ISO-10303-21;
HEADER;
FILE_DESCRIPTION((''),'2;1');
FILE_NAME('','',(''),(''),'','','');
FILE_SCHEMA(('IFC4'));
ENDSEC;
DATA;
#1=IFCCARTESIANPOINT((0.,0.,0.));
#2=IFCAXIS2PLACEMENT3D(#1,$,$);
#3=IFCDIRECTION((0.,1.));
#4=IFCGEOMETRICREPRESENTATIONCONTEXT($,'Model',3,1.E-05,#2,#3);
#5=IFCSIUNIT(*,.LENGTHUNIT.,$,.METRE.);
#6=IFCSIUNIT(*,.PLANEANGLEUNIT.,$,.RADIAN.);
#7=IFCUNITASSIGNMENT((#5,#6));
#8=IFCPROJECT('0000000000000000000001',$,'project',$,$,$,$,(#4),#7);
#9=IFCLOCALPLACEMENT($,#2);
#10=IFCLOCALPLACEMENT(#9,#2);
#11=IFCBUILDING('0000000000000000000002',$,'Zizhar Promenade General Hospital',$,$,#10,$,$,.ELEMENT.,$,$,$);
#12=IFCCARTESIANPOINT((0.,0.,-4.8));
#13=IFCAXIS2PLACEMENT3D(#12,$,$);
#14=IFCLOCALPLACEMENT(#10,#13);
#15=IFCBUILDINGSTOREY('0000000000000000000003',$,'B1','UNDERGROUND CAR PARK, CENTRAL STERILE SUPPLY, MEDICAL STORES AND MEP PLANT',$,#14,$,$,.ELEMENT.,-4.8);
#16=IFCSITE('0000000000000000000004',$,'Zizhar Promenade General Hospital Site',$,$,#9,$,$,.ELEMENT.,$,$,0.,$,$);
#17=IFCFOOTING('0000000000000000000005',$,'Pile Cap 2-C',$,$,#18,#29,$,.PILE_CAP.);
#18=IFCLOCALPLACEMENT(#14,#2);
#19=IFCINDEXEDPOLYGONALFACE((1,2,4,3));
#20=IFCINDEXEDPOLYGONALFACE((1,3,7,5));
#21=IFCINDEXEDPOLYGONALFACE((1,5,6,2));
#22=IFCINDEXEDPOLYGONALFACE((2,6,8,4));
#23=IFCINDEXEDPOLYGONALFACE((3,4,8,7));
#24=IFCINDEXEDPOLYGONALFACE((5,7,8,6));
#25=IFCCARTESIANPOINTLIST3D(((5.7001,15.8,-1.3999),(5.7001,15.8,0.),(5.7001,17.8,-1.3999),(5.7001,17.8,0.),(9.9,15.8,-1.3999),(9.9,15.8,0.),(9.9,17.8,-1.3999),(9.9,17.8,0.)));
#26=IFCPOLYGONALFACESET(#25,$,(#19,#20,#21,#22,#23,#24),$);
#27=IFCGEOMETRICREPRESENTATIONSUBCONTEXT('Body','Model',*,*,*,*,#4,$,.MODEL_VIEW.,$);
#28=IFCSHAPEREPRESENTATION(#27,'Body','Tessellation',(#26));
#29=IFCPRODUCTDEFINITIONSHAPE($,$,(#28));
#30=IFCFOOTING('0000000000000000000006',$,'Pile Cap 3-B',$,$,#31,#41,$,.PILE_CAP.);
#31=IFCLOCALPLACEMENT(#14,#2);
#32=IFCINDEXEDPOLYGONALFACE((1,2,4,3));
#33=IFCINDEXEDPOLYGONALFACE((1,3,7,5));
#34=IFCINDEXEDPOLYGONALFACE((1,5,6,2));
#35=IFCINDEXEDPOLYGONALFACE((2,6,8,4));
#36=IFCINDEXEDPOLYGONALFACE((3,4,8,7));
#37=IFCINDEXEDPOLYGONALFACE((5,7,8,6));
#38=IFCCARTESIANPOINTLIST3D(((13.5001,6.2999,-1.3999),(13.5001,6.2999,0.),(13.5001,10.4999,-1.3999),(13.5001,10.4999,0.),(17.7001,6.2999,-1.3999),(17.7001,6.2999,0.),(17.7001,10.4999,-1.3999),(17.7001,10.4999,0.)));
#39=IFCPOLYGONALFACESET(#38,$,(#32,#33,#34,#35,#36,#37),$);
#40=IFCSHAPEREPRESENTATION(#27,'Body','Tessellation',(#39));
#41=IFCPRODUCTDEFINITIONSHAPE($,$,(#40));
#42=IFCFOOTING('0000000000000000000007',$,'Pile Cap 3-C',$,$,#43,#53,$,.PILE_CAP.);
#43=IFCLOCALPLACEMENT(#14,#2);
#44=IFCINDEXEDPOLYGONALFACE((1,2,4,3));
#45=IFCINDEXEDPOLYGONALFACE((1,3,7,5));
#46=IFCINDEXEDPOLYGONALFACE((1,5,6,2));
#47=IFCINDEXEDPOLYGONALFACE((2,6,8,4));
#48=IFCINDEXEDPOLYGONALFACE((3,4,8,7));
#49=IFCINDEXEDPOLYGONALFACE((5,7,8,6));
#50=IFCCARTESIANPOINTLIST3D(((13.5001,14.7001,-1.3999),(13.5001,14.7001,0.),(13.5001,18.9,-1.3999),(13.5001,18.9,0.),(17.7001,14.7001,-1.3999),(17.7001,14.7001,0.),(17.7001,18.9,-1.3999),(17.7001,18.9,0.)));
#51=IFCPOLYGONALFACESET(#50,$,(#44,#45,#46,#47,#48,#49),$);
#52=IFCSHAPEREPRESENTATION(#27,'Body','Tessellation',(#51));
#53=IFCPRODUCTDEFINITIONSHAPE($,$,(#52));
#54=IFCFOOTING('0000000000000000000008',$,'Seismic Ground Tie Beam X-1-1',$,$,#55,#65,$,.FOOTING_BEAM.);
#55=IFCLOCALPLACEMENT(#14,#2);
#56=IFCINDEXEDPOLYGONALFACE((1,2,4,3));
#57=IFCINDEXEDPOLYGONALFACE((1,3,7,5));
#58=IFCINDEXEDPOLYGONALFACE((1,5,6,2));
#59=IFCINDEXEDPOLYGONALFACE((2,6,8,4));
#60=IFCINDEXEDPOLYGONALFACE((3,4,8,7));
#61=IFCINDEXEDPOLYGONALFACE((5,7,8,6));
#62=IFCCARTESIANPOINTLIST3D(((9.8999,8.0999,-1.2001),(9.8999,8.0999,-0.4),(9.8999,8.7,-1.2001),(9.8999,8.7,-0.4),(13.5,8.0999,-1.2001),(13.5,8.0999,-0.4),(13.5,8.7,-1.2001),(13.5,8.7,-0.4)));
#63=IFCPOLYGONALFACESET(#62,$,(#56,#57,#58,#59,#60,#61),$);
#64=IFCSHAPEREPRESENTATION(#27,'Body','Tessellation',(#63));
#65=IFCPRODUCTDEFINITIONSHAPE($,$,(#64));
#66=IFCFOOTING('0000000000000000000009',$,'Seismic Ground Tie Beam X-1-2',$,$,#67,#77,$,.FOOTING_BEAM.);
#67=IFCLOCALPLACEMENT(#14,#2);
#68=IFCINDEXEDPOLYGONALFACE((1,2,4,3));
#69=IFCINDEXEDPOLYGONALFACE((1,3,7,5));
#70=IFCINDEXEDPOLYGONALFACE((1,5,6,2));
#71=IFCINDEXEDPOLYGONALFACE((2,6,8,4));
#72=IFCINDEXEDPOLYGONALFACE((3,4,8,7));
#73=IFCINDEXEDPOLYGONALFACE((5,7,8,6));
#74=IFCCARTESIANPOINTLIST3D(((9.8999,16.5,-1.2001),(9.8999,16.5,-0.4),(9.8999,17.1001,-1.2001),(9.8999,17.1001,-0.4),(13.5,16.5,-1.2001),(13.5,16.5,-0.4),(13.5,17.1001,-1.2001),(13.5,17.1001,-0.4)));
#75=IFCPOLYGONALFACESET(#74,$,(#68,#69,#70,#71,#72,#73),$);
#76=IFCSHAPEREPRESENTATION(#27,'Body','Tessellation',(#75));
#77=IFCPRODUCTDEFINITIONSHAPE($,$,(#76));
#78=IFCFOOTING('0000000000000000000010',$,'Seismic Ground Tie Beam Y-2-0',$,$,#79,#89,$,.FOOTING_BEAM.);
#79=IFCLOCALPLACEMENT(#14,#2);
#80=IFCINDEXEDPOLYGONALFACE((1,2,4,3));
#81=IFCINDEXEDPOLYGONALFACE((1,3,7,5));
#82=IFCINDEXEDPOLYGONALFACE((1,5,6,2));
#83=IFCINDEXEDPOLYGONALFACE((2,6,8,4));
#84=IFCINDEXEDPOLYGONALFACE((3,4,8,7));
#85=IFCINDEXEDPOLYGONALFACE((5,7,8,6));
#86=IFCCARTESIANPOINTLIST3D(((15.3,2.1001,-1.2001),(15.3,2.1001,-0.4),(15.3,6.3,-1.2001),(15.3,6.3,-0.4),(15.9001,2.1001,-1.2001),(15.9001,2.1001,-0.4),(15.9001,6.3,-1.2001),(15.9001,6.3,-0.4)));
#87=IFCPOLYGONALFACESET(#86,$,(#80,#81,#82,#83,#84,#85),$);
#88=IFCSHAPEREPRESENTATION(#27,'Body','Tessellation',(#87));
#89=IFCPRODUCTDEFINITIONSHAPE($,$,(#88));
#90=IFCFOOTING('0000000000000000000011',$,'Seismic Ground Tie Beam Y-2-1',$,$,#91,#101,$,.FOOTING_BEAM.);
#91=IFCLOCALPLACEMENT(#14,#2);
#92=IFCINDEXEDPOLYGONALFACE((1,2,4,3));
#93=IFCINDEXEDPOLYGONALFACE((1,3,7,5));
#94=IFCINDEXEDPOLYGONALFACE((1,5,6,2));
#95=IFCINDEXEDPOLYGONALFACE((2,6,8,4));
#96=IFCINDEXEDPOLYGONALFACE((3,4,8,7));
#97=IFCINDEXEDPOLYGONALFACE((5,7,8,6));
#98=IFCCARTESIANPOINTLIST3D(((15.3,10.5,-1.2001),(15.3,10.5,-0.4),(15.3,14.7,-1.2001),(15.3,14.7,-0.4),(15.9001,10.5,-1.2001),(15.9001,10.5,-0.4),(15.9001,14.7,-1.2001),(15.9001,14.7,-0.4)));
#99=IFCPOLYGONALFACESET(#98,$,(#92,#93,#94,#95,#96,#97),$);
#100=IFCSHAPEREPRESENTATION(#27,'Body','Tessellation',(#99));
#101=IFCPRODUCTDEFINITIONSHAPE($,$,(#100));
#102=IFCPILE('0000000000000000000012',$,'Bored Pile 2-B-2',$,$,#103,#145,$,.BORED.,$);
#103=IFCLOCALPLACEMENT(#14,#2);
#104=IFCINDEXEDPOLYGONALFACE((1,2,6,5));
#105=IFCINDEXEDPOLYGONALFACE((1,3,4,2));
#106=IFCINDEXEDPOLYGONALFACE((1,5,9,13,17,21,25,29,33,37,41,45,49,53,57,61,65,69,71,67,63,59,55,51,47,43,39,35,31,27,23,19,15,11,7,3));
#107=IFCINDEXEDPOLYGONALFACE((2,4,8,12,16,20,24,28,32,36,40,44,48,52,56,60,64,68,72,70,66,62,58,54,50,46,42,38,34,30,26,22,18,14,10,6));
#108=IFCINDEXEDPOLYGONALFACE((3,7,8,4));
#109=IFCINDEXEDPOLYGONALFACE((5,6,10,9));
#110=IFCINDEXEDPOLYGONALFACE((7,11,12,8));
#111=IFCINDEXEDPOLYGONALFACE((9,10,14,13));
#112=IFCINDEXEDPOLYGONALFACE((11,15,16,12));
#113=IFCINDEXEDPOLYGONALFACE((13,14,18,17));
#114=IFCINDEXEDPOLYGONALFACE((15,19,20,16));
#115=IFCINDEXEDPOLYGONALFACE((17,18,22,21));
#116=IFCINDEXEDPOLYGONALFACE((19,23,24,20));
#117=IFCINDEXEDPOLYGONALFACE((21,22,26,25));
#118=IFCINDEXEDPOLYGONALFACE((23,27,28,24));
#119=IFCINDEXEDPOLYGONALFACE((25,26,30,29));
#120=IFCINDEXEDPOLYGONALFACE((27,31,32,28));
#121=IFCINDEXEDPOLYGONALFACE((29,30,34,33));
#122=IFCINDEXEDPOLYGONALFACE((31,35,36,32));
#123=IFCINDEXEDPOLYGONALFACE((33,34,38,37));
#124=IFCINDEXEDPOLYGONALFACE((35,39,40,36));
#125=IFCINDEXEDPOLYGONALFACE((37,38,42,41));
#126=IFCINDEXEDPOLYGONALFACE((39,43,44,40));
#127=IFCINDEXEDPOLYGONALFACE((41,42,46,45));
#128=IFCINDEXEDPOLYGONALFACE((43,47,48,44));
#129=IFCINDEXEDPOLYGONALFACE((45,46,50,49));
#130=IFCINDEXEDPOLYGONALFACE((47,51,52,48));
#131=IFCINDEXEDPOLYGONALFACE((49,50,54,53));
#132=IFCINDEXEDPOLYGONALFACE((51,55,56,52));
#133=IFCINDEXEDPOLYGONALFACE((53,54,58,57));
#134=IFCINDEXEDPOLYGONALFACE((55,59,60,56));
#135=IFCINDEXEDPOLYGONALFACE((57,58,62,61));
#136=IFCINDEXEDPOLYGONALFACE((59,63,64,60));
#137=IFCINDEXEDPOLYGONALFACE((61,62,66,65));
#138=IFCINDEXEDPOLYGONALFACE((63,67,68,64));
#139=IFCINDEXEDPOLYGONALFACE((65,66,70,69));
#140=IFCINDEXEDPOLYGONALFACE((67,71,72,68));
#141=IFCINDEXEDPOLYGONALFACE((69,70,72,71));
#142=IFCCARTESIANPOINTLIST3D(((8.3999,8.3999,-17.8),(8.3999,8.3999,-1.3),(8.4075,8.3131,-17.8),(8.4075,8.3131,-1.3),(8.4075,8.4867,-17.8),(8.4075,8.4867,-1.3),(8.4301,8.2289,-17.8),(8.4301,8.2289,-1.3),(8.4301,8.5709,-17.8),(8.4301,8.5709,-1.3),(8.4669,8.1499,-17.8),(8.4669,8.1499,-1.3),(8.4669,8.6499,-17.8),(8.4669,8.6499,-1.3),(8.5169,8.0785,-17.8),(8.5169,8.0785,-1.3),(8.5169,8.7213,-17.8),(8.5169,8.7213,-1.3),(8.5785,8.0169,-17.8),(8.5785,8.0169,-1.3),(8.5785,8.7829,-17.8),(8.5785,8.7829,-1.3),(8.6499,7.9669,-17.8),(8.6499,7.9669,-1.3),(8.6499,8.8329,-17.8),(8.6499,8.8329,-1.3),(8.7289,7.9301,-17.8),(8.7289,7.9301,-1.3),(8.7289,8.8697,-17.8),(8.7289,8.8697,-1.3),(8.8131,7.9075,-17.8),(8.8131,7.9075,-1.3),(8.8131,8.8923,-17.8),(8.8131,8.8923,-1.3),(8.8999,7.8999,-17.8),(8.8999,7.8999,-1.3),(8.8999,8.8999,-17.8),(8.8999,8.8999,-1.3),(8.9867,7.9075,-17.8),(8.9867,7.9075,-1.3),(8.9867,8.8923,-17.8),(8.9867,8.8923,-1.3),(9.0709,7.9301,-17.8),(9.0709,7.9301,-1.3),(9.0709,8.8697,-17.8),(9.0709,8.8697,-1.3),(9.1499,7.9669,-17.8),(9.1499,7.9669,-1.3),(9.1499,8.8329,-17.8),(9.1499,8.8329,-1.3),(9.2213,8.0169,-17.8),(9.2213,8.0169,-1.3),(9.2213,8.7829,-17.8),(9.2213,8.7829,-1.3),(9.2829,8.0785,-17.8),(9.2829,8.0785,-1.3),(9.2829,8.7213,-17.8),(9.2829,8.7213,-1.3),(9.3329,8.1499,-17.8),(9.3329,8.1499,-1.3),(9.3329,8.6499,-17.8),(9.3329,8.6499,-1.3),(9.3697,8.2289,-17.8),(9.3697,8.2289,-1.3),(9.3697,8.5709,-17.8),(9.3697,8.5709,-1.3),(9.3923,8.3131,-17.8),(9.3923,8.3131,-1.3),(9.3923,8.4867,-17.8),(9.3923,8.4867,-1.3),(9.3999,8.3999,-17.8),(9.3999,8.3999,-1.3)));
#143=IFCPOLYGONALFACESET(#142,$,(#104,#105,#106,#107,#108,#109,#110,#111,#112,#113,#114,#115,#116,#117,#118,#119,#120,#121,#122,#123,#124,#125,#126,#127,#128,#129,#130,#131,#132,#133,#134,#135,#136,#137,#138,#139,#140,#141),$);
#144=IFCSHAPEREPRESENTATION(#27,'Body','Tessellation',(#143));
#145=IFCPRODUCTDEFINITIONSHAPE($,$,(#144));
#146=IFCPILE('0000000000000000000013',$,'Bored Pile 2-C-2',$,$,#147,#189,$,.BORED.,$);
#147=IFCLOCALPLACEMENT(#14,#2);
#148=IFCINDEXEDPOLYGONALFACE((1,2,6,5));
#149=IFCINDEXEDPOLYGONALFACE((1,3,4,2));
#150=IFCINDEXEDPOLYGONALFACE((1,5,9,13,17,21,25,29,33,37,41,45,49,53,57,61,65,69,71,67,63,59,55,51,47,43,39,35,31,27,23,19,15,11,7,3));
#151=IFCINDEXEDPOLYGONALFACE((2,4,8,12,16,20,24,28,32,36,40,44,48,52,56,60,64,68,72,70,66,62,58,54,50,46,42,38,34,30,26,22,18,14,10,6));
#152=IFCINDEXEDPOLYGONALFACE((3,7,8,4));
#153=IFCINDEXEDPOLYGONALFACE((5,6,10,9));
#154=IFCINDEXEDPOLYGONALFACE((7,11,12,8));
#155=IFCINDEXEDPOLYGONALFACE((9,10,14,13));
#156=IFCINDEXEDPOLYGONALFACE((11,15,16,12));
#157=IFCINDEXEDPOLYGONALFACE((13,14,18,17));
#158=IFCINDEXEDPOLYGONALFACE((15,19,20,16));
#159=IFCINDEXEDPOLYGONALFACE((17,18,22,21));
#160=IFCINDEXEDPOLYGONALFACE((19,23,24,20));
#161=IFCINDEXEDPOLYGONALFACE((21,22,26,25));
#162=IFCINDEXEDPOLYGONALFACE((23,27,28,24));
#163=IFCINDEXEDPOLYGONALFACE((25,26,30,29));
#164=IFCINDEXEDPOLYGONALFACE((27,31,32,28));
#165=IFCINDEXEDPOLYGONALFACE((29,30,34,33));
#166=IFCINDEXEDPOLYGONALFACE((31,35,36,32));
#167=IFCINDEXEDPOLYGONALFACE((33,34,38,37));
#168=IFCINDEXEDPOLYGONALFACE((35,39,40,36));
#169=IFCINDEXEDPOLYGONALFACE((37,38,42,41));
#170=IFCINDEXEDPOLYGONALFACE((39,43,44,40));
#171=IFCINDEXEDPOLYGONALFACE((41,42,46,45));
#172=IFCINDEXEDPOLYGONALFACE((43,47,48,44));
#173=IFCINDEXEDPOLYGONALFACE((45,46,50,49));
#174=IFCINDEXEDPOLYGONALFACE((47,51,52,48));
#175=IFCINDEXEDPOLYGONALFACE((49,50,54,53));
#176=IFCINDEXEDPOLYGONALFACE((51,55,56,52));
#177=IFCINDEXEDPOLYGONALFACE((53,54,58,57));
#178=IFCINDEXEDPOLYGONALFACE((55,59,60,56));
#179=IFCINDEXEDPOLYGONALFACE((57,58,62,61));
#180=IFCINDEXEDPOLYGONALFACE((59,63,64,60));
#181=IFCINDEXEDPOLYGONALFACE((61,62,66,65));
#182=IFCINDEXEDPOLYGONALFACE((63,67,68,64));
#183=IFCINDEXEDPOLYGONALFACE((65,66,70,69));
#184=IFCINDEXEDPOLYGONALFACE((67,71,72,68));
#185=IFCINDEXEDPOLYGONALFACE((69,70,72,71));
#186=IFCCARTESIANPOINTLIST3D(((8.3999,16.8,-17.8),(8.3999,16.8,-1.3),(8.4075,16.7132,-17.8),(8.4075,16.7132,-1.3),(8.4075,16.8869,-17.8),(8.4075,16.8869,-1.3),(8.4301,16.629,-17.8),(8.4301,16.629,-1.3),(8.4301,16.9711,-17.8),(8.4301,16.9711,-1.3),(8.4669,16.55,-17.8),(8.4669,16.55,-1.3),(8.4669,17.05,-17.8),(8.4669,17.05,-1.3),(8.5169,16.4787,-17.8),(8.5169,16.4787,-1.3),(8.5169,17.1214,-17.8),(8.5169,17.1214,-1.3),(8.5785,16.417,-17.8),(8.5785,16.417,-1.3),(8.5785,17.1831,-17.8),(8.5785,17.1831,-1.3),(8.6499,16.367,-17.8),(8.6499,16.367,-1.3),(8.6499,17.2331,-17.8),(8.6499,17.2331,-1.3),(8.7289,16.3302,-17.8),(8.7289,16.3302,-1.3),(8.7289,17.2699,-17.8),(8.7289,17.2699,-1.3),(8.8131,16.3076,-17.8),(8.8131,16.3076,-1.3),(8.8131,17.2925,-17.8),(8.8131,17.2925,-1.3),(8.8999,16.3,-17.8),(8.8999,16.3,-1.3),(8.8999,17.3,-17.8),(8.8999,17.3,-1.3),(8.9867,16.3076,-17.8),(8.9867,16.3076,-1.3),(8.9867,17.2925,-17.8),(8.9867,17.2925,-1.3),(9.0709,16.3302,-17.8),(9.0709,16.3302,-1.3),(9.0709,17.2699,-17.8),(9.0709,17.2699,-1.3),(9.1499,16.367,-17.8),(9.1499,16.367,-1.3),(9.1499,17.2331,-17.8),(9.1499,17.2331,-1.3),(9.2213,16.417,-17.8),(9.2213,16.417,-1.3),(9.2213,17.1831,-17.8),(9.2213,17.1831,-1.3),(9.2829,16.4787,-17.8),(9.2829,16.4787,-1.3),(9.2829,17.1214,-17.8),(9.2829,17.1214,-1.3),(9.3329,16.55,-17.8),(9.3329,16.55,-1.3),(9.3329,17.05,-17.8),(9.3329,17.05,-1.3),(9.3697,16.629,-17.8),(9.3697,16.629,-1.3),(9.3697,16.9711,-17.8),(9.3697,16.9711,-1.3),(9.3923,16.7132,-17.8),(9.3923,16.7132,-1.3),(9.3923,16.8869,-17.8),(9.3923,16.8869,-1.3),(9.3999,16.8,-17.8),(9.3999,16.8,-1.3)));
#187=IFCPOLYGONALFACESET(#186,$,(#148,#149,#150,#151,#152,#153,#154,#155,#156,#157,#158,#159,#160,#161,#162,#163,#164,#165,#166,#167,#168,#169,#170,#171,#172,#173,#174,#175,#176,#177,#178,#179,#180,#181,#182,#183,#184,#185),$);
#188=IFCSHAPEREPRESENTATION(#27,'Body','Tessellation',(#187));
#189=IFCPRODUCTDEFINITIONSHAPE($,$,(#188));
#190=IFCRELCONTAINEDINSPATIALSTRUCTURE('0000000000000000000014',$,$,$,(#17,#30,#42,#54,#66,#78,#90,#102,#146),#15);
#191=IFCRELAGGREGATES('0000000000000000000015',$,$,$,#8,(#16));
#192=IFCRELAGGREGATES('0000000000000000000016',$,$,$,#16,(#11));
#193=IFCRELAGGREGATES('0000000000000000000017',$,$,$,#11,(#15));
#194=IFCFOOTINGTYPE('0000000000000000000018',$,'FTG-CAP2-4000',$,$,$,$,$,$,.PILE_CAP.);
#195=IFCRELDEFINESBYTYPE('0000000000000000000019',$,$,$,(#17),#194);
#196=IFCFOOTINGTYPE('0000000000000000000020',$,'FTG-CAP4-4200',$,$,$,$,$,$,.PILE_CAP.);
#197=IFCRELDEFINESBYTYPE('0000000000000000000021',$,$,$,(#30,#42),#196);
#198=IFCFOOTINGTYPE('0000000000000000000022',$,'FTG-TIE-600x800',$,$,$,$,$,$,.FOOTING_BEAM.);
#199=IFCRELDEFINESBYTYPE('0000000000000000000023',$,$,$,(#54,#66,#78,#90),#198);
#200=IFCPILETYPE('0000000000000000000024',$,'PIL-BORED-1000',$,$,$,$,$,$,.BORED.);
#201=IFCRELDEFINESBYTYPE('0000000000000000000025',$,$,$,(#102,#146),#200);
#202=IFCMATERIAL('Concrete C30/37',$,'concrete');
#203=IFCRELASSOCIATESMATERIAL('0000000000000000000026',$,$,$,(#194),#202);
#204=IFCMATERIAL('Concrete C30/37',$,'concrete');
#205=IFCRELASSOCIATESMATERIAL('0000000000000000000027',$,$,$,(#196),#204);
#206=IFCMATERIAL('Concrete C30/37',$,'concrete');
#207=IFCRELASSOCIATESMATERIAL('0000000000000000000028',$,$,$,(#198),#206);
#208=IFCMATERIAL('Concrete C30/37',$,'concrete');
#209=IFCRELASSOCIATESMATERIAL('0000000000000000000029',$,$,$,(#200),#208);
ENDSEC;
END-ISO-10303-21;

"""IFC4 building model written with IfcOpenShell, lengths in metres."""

from ifc_helpers import new_model, si_unit, direction, frame, origin, origin_2d, place, context, subcontext, project, spatial, rectangle, circle, extrude, material, material_profile, profile_set, type_object, element, save


model = new_model("IFC4")

# Units and contexts
model_context = context("Model", 3, precision=1e-05, world=origin(), true_north=direction((0.0, 1.0)))
body_context = subcontext(model_context, "Body", "Model", "MODEL_VIEW")
ifc_project = project(units=[si_unit("LENGTHUNIT", "METRE"), si_unit("PLANEANGLEUNIT", "RADIAN")], contexts=[model_context])

# Site, building, storey
site_placement = place(None, origin())
site = spatial("IfcSite", under=ifc_project, at=site_placement, Name="Zizhar Promenade General Hospital Site", CompositionType="ELEMENT", RefElevation=0.0)
building_placement = place(site_placement, origin())
building = spatial("IfcBuilding", under=site, at=building_placement, Name="Zizhar Promenade General Hospital", CompositionType="ELEMENT")
storey_placement = place(building_placement, frame((0.0, 0.0, -4.8)))
storey = spatial("IfcBuildingStorey", under=building, at=storey_placement, Name="B1", Description="UNDERGROUND CAR PARK, CENTRAL STERILE SUPPLY, MEDICAL STORES AND MEP PLANT", CompositionType="ELEMENT", Elevation=-4.8)

# Footings
ifc_material_1 = material(Name="Concrete C30/37", Category="concrete")
footing_type_1 = type_object("IfcFootingType", Name="FTG-CAP2-4000", PredefinedType="PILE_CAP", material=ifc_material_1)
footing_placement = place(storey_placement, frame((7.8, 16.8, -1.3999), z_axis=(0.0, 0.0, 1.0), x_axis=(1.0, 0.0, 0.0)))
element("IfcFooting", 1, at=footing_placement, inside=storey, type_object=footing_type_1, Name="Pile Cap 2-C", PredefinedType="PILE_CAP", context=body_context, shape_type="SweptSolid", body=[
    extrude(rectangle(XDim=4.2, YDim=2.0, at=origin_2d()), origin(), (0.0, 0.0, 1.0), 1.3999),
])
ifc_material_2 = material(Name="Concrete C30/37", Category="concrete")
footing_type_2 = type_object("IfcFootingType", Name="FTG-CAP4-4200", PredefinedType="PILE_CAP", material=ifc_material_2)
for number, where, z_axis, x_axis, name in (
    (2, (15.6001, 8.3999, -1.3999), (0.0, 0.0, 1.0), (1.0, 0.0, 0.0), "Pile Cap 3-B"),
    (3, (15.6001, 16.8, -1.3999), (0.0, 0.0, 1.0), (1.0, 0.0, 0.0), "Pile Cap 3-C"),
):
    element("IfcFooting", number, at=place(storey_placement, frame(where, z_axis=z_axis, x_axis=x_axis)), inside=storey, type_object=footing_type_2, Name=name, PredefinedType="PILE_CAP", context=body_context, shape_type="SweptSolid", body=[
        extrude(rectangle(XDim=4.2, YDim=4.2, at=origin_2d()), origin(), (0.0, 0.0, 1.0), 1.3999),
    ])
ifc_material_3 = material(Name="Concrete C30/37", Category="concrete")
ifc_material_profile_1 = material_profile(ifc_material_3, rectangle(XDim=0.6001, YDim=0.8, at=origin_2d()))
ifc_profile_set_1 = profile_set([ifc_material_profile_1], Name="Concrete C30/37")
footing_type_3 = type_object("IfcFootingType", Name="FTG-TIE-600x800", PredefinedType="FOOTING_BEAM", material=ifc_profile_set_1)
for number, where, z_axis, x_axis, name in (
    (4, (9.8999, 8.3999, -0.8), (1.0, 0.0, 0.0), (0.0, 1.0, 0.0), "Seismic Ground Tie Beam X-1-1"),
    (5, (9.8999, 16.8, -0.8), (1.0, 0.0, 0.0), (0.0, 1.0, 0.0), "Seismic Ground Tie Beam X-1-2"),
):
    element("IfcFooting", number, at=place(storey_placement, frame(where, z_axis=z_axis, x_axis=x_axis)), inside=storey, type_object=footing_type_3, Name=name, PredefinedType="FOOTING_BEAM", context=body_context, shape_type="SweptSolid", body=[
        extrude(rectangle(XDim=0.6001, YDim=0.8, at=origin_2d()), origin(), (0.0, 0.0, 1.0), 3.6001),
    ])
for number, where, z_axis, x_axis, name in (
    (6, (15.6001, 2.1001, -0.8), (0.0, 1.0, 0.0), (-1.0, 0.0, 0.0), "Seismic Ground Tie Beam Y-2-0"),
    (7, (15.6001, 10.5, -0.8), (0.0, 1.0, 0.0), (-1.0, 0.0, 0.0), "Seismic Ground Tie Beam Y-2-1"),
):
    element("IfcFooting", number, at=place(storey_placement, frame(where, z_axis=z_axis, x_axis=x_axis)), inside=storey, type_object=footing_type_3, Name=name, PredefinedType="FOOTING_BEAM", context=body_context, shape_type="SweptSolid", body=[
        extrude(rectangle(XDim=0.6001, YDim=0.8, at=origin_2d()), origin(), (0.0, 0.0, 1.0), 4.2),
    ])

# Piles
ifc_material_4 = material(Name="Concrete C30/37", Category="concrete")
ifc_material_profile_2 = material_profile(ifc_material_4, circle(Radius=0.5, at=origin_2d()))
ifc_profile_set_2 = profile_set([ifc_material_profile_2], Name="Concrete C30/37")
pile_type = type_object("IfcPileType", Name="PIL-BORED-1000", PredefinedType="BORED", material=ifc_profile_set_2)
for number, where, z_axis, x_axis, name in (
    (8, (8.8999, 8.3999, -1.3), (0.0, 0.0, -1.0), (1.0, 0.0, 0.0), "Bored Pile 2-B-2"),
    (9, (8.8999, 16.8, -1.3), (0.0, 0.0, -1.0), (1.0, 0.0, 0.0), "Bored Pile 2-C-2"),
):
    element("IfcPile", number, at=place(storey_placement, frame(where, z_axis=z_axis, x_axis=x_axis)), inside=storey, type_object=pile_type, Name=name, PredefinedType="BORED", context=body_context, shape_type="SweptSolid", body=[
        extrude(circle(Radius=0.5, at=origin_2d()), origin(), (0.0, 0.0, 1.0), 16.5),
    ])

save(model, "model.ifc")
